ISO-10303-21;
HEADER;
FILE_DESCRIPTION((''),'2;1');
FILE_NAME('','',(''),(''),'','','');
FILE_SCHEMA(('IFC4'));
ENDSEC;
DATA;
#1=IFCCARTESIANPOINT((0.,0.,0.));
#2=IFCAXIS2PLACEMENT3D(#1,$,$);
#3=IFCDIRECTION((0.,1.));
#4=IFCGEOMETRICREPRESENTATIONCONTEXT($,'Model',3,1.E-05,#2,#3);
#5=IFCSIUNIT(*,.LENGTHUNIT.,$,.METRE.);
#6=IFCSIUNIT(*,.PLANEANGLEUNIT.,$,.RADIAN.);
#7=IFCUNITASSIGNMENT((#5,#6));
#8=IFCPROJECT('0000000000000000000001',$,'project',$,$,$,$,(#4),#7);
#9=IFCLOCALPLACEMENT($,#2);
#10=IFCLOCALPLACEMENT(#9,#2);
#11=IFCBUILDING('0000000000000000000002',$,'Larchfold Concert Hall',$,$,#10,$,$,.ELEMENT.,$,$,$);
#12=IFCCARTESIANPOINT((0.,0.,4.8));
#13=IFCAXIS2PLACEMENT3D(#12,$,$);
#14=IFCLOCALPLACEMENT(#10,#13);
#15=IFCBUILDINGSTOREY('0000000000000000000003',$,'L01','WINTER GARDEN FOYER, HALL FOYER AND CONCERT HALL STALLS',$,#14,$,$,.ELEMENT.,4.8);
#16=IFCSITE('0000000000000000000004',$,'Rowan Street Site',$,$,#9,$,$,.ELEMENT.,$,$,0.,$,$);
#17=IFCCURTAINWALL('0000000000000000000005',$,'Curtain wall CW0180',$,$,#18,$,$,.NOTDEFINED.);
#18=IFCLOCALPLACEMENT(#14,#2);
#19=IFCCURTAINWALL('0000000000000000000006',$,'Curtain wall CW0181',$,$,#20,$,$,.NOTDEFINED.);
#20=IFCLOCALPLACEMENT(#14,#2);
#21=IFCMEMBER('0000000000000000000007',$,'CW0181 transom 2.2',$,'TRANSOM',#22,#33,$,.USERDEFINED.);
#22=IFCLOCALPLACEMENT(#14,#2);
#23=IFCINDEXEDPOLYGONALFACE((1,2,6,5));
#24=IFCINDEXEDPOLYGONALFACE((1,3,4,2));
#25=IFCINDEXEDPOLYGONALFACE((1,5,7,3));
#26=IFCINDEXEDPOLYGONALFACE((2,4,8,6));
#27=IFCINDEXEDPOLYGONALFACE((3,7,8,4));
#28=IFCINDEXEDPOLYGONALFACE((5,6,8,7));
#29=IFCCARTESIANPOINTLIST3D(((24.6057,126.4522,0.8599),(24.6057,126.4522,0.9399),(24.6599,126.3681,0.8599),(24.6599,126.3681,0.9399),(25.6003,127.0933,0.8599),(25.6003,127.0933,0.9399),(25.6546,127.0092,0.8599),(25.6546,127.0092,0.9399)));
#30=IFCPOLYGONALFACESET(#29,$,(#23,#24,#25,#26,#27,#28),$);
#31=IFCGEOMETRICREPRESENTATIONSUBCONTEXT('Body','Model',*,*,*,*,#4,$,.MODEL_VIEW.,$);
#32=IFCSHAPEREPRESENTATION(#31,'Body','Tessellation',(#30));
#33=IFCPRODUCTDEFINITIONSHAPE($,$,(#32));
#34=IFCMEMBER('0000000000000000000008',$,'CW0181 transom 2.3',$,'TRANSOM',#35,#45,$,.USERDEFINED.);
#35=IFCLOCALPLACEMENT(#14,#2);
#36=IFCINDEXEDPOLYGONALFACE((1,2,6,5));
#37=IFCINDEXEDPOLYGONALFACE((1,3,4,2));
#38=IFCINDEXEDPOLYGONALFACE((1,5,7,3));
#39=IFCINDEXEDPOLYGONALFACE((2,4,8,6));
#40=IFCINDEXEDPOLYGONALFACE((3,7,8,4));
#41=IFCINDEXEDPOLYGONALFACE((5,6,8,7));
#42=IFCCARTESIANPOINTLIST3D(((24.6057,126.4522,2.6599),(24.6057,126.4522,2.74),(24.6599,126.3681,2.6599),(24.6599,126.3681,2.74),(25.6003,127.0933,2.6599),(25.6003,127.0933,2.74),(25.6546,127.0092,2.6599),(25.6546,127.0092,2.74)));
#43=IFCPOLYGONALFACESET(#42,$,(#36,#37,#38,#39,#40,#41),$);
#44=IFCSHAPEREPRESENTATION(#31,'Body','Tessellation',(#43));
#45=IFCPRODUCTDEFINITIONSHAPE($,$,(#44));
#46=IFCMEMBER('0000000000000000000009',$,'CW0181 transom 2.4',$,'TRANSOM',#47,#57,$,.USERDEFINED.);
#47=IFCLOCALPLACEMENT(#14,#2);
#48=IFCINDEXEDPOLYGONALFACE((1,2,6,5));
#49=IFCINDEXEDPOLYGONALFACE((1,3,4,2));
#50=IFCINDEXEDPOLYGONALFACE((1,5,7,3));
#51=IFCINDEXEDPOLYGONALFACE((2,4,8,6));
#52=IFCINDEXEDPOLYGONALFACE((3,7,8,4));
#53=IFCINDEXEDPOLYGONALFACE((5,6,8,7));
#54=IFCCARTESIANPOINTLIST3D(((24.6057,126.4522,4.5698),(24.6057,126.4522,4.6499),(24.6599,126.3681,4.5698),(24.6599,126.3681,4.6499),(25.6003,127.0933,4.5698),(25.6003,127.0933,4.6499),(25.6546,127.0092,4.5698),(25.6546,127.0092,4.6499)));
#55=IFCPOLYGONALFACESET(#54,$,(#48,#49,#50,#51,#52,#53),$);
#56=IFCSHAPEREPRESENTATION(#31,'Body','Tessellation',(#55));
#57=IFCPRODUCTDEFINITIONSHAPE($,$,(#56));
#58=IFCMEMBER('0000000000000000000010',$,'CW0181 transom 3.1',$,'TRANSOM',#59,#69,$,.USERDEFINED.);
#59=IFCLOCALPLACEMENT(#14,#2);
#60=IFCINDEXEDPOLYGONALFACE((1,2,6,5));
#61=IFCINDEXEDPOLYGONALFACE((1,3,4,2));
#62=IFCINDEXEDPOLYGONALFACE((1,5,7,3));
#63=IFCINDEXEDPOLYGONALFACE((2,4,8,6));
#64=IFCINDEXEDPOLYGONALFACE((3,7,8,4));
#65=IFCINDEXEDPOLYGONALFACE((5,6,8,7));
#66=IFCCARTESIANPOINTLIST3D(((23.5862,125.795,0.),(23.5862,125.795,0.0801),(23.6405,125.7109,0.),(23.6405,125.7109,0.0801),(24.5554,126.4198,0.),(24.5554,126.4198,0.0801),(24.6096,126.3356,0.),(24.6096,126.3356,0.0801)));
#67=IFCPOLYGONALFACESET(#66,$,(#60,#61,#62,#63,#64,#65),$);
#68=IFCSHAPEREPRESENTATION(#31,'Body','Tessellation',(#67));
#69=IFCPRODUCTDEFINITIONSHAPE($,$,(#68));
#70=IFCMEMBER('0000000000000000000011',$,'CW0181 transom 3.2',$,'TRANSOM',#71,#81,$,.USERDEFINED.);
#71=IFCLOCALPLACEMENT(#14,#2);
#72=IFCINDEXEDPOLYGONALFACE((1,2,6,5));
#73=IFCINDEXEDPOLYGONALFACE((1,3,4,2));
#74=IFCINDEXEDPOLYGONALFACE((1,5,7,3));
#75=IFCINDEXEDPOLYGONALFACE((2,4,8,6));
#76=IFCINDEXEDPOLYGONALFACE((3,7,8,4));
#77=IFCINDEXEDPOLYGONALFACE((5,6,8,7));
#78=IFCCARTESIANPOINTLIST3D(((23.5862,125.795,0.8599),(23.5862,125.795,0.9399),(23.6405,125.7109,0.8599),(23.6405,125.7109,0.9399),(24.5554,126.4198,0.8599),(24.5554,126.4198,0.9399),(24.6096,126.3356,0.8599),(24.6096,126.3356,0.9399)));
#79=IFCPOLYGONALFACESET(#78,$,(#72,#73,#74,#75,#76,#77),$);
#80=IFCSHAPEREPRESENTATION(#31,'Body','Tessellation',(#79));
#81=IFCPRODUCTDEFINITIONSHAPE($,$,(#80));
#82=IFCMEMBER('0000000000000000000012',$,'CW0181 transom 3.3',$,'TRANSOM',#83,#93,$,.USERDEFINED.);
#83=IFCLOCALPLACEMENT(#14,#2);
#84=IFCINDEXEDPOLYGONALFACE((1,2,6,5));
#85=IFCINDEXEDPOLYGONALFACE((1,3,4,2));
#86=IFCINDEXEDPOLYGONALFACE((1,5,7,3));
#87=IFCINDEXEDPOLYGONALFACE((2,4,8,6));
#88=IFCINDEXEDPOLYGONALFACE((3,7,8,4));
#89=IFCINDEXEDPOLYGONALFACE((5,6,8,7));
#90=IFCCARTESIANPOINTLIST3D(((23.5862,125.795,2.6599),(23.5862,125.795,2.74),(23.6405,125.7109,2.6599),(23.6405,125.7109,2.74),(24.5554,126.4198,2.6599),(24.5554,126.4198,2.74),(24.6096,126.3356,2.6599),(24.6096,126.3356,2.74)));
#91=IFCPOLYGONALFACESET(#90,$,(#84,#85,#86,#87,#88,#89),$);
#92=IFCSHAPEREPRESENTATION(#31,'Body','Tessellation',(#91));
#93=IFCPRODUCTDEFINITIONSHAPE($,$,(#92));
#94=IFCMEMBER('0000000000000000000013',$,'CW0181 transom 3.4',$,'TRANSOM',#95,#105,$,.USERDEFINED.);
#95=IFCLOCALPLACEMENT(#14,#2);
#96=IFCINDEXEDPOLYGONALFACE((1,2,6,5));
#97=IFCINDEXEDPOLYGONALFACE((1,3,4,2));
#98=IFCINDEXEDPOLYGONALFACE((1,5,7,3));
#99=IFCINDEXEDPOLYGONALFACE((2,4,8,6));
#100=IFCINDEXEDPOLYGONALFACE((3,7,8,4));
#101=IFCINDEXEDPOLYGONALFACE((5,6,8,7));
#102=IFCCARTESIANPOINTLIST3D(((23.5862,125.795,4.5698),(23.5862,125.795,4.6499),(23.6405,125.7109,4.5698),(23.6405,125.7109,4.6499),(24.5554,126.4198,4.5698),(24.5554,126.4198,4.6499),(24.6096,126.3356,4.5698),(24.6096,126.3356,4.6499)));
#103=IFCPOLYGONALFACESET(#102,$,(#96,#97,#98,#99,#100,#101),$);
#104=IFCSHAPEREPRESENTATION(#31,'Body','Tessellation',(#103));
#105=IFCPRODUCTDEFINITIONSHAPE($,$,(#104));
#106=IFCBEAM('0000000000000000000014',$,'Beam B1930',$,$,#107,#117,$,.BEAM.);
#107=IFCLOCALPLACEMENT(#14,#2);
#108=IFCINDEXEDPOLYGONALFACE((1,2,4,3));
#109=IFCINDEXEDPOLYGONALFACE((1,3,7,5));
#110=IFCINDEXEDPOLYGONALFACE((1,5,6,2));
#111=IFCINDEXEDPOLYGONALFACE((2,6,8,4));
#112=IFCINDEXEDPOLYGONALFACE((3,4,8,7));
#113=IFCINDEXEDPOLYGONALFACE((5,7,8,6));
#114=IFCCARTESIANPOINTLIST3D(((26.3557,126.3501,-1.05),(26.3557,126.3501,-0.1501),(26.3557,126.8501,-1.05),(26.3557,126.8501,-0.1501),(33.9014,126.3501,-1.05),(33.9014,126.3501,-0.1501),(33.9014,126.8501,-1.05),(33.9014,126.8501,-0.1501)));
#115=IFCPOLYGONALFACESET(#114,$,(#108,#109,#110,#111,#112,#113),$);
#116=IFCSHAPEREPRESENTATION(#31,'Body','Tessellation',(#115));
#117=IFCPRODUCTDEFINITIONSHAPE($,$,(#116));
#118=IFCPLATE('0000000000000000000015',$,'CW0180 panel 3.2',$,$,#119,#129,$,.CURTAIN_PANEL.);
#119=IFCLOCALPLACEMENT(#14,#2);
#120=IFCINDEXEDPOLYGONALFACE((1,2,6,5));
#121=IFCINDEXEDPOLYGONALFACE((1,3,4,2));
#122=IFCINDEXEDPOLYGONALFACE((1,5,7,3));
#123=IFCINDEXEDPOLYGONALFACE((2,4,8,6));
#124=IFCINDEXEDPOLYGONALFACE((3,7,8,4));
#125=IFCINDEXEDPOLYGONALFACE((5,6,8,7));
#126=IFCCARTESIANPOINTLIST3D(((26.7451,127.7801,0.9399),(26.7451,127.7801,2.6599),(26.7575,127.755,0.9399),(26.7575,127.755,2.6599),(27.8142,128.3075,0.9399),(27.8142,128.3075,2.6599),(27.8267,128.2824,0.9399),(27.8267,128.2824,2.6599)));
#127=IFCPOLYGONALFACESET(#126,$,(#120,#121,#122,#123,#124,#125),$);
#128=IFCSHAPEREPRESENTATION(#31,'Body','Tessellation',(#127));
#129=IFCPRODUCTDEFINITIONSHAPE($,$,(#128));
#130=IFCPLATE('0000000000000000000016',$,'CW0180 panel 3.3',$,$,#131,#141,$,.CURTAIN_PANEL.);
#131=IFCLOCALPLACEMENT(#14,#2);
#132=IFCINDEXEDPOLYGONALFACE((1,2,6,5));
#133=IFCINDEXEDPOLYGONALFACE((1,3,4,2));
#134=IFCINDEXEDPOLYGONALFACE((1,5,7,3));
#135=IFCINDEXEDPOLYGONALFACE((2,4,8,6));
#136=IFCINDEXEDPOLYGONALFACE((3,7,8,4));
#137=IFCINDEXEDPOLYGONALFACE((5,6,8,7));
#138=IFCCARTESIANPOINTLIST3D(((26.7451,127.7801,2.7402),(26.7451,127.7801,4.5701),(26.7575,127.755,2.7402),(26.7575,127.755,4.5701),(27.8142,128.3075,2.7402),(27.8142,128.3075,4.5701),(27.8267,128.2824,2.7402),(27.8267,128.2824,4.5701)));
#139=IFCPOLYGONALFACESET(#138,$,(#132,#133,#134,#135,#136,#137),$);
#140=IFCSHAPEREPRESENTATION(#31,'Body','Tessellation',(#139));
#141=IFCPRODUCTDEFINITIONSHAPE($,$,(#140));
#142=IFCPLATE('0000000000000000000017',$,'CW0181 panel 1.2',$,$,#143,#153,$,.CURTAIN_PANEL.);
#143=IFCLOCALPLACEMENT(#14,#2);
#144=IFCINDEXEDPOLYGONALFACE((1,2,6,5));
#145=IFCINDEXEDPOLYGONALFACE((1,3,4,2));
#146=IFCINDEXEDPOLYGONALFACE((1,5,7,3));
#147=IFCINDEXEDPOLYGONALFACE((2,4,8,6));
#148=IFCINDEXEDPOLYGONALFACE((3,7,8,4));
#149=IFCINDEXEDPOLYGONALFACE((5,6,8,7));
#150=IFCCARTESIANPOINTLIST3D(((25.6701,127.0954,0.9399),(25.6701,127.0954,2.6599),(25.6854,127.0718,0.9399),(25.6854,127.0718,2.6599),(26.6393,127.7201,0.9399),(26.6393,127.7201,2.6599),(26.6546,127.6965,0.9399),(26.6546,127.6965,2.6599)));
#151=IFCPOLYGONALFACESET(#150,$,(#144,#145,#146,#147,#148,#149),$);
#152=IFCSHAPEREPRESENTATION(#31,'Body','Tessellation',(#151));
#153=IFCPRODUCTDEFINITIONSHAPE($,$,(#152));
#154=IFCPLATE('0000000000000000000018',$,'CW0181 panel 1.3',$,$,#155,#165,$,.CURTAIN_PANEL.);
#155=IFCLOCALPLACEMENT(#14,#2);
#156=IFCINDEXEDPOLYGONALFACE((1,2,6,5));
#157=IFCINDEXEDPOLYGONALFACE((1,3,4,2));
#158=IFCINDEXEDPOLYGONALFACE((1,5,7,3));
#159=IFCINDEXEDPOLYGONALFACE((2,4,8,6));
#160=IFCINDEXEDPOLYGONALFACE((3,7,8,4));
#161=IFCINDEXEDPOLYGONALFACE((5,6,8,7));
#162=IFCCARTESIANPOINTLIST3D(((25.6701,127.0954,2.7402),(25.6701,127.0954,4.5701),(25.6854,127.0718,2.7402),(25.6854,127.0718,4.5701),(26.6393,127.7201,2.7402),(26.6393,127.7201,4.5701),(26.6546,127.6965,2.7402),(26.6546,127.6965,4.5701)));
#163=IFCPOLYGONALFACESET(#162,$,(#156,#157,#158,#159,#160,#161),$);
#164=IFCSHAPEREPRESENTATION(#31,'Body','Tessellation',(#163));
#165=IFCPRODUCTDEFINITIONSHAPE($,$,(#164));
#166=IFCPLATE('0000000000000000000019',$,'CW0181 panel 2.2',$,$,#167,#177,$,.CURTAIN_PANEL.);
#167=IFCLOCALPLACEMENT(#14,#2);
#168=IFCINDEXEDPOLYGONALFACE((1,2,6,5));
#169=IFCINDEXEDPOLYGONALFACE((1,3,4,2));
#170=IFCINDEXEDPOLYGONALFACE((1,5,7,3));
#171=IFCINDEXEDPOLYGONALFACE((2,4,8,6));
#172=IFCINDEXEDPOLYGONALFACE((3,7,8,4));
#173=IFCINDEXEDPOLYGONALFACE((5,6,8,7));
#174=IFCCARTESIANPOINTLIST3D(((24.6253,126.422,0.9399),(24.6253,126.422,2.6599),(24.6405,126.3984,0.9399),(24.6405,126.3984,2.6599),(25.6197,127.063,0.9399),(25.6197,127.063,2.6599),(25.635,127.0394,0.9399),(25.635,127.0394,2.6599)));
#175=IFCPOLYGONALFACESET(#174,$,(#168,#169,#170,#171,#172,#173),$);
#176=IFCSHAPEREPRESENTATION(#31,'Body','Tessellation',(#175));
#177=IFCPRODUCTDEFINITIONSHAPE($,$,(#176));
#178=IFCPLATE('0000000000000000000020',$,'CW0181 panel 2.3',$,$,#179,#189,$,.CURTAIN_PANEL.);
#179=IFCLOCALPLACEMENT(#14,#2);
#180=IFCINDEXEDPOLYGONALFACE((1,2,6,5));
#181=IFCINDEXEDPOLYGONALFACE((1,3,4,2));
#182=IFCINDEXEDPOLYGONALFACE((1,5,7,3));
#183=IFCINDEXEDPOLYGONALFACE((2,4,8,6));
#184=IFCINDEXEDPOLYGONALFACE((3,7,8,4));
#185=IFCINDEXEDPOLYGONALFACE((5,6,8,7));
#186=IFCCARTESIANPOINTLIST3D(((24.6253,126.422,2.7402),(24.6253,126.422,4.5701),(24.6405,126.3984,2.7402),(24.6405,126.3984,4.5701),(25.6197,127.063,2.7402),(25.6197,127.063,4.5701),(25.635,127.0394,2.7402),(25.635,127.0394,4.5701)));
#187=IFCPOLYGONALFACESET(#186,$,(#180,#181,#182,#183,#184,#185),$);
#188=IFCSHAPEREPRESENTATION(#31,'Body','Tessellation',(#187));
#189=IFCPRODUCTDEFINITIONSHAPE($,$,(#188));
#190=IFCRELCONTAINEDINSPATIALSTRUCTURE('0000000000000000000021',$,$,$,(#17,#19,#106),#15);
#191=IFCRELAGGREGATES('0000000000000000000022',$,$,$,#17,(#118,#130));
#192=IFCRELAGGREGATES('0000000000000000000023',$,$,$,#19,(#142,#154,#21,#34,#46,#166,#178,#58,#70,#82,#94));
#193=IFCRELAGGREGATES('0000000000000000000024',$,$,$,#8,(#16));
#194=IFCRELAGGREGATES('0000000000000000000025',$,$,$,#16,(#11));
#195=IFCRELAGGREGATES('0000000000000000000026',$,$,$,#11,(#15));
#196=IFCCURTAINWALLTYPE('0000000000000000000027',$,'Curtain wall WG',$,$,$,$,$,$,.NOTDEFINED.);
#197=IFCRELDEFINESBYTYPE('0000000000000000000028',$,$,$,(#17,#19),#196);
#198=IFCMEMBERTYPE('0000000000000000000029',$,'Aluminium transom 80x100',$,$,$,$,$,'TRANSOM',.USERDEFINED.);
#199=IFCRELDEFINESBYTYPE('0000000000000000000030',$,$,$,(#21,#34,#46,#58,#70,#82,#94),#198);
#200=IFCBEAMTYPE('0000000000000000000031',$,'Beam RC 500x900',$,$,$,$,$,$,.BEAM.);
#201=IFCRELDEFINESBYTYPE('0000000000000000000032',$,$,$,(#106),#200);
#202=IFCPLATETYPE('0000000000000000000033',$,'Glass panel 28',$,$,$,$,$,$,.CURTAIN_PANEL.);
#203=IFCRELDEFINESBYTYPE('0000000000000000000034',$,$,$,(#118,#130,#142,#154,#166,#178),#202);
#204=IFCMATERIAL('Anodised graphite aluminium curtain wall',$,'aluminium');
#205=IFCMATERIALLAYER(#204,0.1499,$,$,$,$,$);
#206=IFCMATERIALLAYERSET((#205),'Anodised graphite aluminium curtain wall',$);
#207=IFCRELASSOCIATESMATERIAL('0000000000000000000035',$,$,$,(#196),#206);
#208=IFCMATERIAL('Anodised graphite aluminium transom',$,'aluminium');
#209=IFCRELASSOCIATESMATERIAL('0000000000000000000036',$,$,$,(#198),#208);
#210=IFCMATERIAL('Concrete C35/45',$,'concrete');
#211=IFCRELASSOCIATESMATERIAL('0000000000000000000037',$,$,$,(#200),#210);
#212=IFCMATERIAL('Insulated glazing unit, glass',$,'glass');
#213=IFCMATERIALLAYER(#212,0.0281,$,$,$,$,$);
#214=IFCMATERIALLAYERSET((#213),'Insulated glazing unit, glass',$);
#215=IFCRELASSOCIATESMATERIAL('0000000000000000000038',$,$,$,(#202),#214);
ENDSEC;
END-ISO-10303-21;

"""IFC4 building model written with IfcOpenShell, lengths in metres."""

from ifc_helpers import new_model, si_unit, direction, frame, origin, origin_2d, place, context, subcontext, project, spatial, rectangle, extrude, material, layer, layer_set, material_profile, profile_set, type_object, element, aggregate, save


model = new_model("IFC4")

# Units and contexts
model_context = context("Model", 3, precision=1e-05, world=origin(), true_north=direction((0.0, 1.0)))
body_context = subcontext(model_context, "Body", "Model", "MODEL_VIEW")
ifc_project = project(units=[si_unit("LENGTHUNIT", "METRE"), si_unit("PLANEANGLEUNIT", "RADIAN")], contexts=[model_context])

# Site, building, storey
site_placement = place(None, origin())
site = spatial("IfcSite", under=ifc_project, at=site_placement, Name="Rowan Street Site", CompositionType="ELEMENT", RefElevation=0.0)
building_placement = place(site_placement, origin())
building = spatial("IfcBuilding", under=site, at=building_placement, Name="Larchfold Concert Hall", CompositionType="ELEMENT")
storey_placement = place(building_placement, frame((0.0, 0.0, 4.8)))
storey = spatial("IfcBuildingStorey", under=building, at=storey_placement, Name="L01", Description="WINTER GARDEN FOYER, HALL FOYER AND CONCERT HALL STALLS", CompositionType="ELEMENT", Elevation=4.8)

# Curtain walls
ifc_material_1 = material(Name="Anodised graphite aluminium curtain wall", Category="aluminium")
ifc_layer_1 = layer(ifc_material_1, 0.1499)
ifc_layer_set_1 = layer_set([ifc_layer_1], Name="Anodised graphite aluminium curtain wall")
curtain_wall_type = type_object("IfcCurtainWallType", Name="Curtain wall WG", PredefinedType="NOTDEFINED", material=ifc_layer_set_1)
curtain_wall_1_placement = place(storey_placement, origin())
curtain_wall_1 = element("IfcCurtainWall", 1, at=curtain_wall_1_placement, inside=storey, type_object=curtain_wall_type, Name="Curtain wall CW0180", PredefinedType="NOTDEFINED")
curtain_wall_2_placement = place(storey_placement, origin())
curtain_wall_2 = element("IfcCurtainWall", 2, at=curtain_wall_2_placement, inside=storey, type_object=curtain_wall_type, Name="Curtain wall CW0181", PredefinedType="NOTDEFINED")

# Members
ifc_material_2 = material(Name="Anodised graphite aluminium transom", Category="aluminium")
ifc_material_profile_1 = material_profile(ifc_material_2, rectangle(XDim=0.1001, YDim=0.0801, at=origin_2d()))
ifc_profile_set_1 = profile_set([ifc_material_profile_1], Name="Anodised graphite aluminium transom")
member_type_1 = type_object("IfcMemberType", Name="Aluminium transom 80x100", ElementType="TRANSOM", PredefinedType="USERDEFINED", material=ifc_profile_set_1)
member_1_placement = place(storey_placement, frame((25.6274, 127.0513, 0.8999), z_axis=(-0.840521, -0.541779, 0.0), x_axis=(0.541779, -0.840521, 0.0)))
member_1 = element("IfcMember", 3, at=member_1_placement, type_object=member_type_1, Name="CW0181 transom 2.2", ObjectType="TRANSOM", PredefinedType="USERDEFINED", context=body_context, shape_type="SweptSolid", body=[
    extrude(rectangle(XDim=0.1001, YDim=0.0801, at=origin_2d()), origin(), (0.0, 0.0, 1.0), 1.1833),
])
member_2_placement = place(storey_placement, frame((25.6274, 127.0513, 2.7), z_axis=(-0.840521, -0.541779, 0.0), x_axis=(0.541779, -0.840521, 0.0)))
member_2 = element("IfcMember", 4, at=member_2_placement, type_object=member_type_1, Name="CW0181 transom 2.3", ObjectType="TRANSOM", PredefinedType="USERDEFINED", context=body_context, shape_type="SweptSolid", body=[
    extrude(rectangle(XDim=0.1001, YDim=0.0801, at=origin_2d()), origin(), (0.0, 0.0, 1.0), 1.1833),
])
member_3_placement = place(storey_placement, frame((25.6274, 127.0513, 4.6099), z_axis=(-0.840521, -0.541779, 0.0), x_axis=(0.541779, -0.840521, 0.0)))
member_3 = element("IfcMember", 5, at=member_3_placement, type_object=member_type_1, Name="CW0181 transom 2.4", ObjectType="TRANSOM", PredefinedType="USERDEFINED", context=body_context, shape_type="SweptSolid", body=[
    extrude(rectangle(XDim=0.1001, YDim=0.0801, at=origin_2d()), origin(), (0.0, 0.0, 1.0), 1.1833),
])
member_4_placement = place(storey_placement, frame((24.5825, 126.3777, 0.04), z_axis=(-0.840517, -0.541784, 0.0), x_axis=(0.541784, -0.840517, 0.0)))
member_4 = element("IfcMember", 6, at=member_4_placement, type_object=member_type_1, Name="CW0181 transom 3.1", ObjectType="TRANSOM", PredefinedType="USERDEFINED", context=body_context, shape_type="SweptSolid", body=[
    extrude(rectangle(XDim=0.1001, YDim=0.0801, at=origin_2d()), origin(), (0.0, 0.0, 1.0), 1.1531),
])
member_5_placement = place(storey_placement, frame((24.5825, 126.3777, 0.8999), z_axis=(-0.840517, -0.541784, 0.0), x_axis=(0.541784, -0.840517, 0.0)))
member_5 = element("IfcMember", 7, at=member_5_placement, type_object=member_type_1, Name="CW0181 transom 3.2", ObjectType="TRANSOM", PredefinedType="USERDEFINED", context=body_context, shape_type="SweptSolid", body=[
    extrude(rectangle(XDim=0.1001, YDim=0.0801, at=origin_2d()), origin(), (0.0, 0.0, 1.0), 1.1531),
])
member_6_placement = place(storey_placement, frame((24.5825, 126.3777, 2.7), z_axis=(-0.840517, -0.541784, 0.0), x_axis=(0.541784, -0.840517, 0.0)))
member_6 = element("IfcMember", 8, at=member_6_placement, type_object=member_type_1, Name="CW0181 transom 3.3", ObjectType="TRANSOM", PredefinedType="USERDEFINED", context=body_context, shape_type="SweptSolid", body=[
    extrude(rectangle(XDim=0.1001, YDim=0.0801, at=origin_2d()), origin(), (0.0, 0.0, 1.0), 1.1531),
])
member_7_placement = place(storey_placement, frame((24.5825, 126.3777, 4.6099), z_axis=(-0.840517, -0.541784, 0.0), x_axis=(0.541784, -0.840517, 0.0)))
member_7 = element("IfcMember", 9, at=member_7_placement, type_object=member_type_1, Name="CW0181 transom 3.4", ObjectType="TRANSOM", PredefinedType="USERDEFINED", context=body_context, shape_type="SweptSolid", body=[
    extrude(rectangle(XDim=0.1001, YDim=0.0801, at=origin_2d()), origin(), (0.0, 0.0, 1.0), 1.1531),
])

# Beam
ifc_material_3 = material(Name="Concrete C35/45", Category="concrete")
ifc_material_profile_2 = material_profile(ifc_material_3, rectangle(XDim=0.5, YDim=0.8999, at=origin_2d()))
ifc_profile_set_2 = profile_set([ifc_material_profile_2], Name="Concrete C35/45")
beam_type = type_object("IfcBeamType", Name="Beam RC 500x900", PredefinedType="BEAM", material=ifc_profile_set_2)
beam_placement = place(storey_placement, frame((26.3557, 126.6001, -0.6001), z_axis=(1.0, 0.0, 0.0), x_axis=(0.0, 1.0, 0.0)))
element("IfcBeam", 10, at=beam_placement, inside=storey, type_object=beam_type, Name="Beam B1930", PredefinedType="BEAM", context=body_context, shape_type="SweptSolid", body=[
    extrude(rectangle(XDim=0.5, YDim=0.8999, at=origin_2d()), origin(), (0.0, 0.0, 1.0), 7.5457),
])

# Plates
ifc_material_4 = material(Name="Insulated glazing unit, glass", Category="glass")
ifc_layer_2 = layer(ifc_material_4, 0.0281)
ifc_layer_set_2 = layer_set([ifc_layer_2], Name="Insulated glazing unit, glass")
plate_type_1 = type_object("IfcPlateType", Name="Glass panel 28", PredefinedType="CURTAIN_PANEL", material=ifc_layer_set_2)
plate_1_placement = place(storey_placement, frame((27.2859, 128.0312, 0.9399), z_axis=(0.0, 0.0, 1.0), x_axis=(-0.896826, -0.442383, 0.0)))
plate_1 = element("IfcPlate", 11, at=plate_1_placement, type_object=plate_type_1, Name="CW0180 panel 3.2", PredefinedType="CURTAIN_PANEL", context=body_context, shape_type="SweptSolid", body=[
    extrude(rectangle(XDim=1.1921, YDim=0.0281, at=origin_2d()), origin(), (0.0, 0.0, 1.0), 1.72),
])
plate_2_placement = place(storey_placement, frame((27.2859, 128.0312, 2.7402), z_axis=(0.0, 0.0, 1.0), x_axis=(-0.896826, -0.442383, 0.0)))
plate_2 = element("IfcPlate", 12, at=plate_2_placement, type_object=plate_type_1, Name="CW0180 panel 3.3", PredefinedType="CURTAIN_PANEL", context=body_context, shape_type="SweptSolid", body=[
    extrude(rectangle(XDim=1.1921, YDim=0.0281, at=origin_2d()), origin(), (0.0, 0.0, 1.0), 1.8298),
])
plate_3_placement = place(storey_placement, frame((26.1624, 127.396, 0.9399), z_axis=(0.0, 0.0, 1.0), x_axis=(-0.840531, -0.541763, 0.0)))
plate_3 = element("IfcPlate", 13, at=plate_3_placement, type_object=plate_type_1, Name="CW0181 panel 1.2", PredefinedType="CURTAIN_PANEL", context=body_context, shape_type="SweptSolid", body=[
    extrude(rectangle(XDim=1.1531, YDim=0.0281, at=origin_2d()), origin(), (0.0, 0.0, 1.0), 1.72),
])
plate_4_placement = place(storey_placement, frame((26.1624, 127.396, 2.7402), z_axis=(0.0, 0.0, 1.0), x_axis=(-0.840531, -0.541763, 0.0)))
plate_4 = element("IfcPlate", 14, at=plate_4_placement, type_object=plate_type_1, Name="CW0181 panel 1.3", PredefinedType="CURTAIN_PANEL", context=body_context, shape_type="SweptSolid", body=[
    extrude(rectangle(XDim=1.1531, YDim=0.0281, at=origin_2d()), origin(), (0.0, 0.0, 1.0), 1.8298),
])
plate_5_placement = place(storey_placement, frame((25.1301, 126.7307, 0.9399), z_axis=(0.0, 0.0, 1.0), x_axis=(-0.840531, -0.541763, 0.0)))
plate_5 = element("IfcPlate", 15, at=plate_5_placement, type_object=plate_type_1, Name="CW0181 panel 2.2", PredefinedType="CURTAIN_PANEL", context=body_context, shape_type="SweptSolid", body=[
    extrude(rectangle(XDim=1.1831, YDim=0.0281, at=origin_2d()), origin(), (0.0, 0.0, 1.0), 1.72),
])
plate_6_placement = place(storey_placement, frame((25.1301, 126.7307, 2.7402), z_axis=(0.0, 0.0, 1.0), x_axis=(-0.840531, -0.541763, 0.0)))
plate_6 = element("IfcPlate", 16, at=plate_6_placement, type_object=plate_type_1, Name="CW0181 panel 2.3", PredefinedType="CURTAIN_PANEL", context=body_context, shape_type="SweptSolid", body=[
    extrude(rectangle(XDim=1.1831, YDim=0.0281, at=origin_2d()), origin(), (0.0, 0.0, 1.0), 1.8298),
])
aggregate(curtain_wall_1, [plate_1, plate_2])
aggregate(curtain_wall_2, [plate_3, plate_4, member_1, member_2, member_3, plate_5, plate_6, member_4, member_5, member_6, member_7])

save(model, "model.ifc")
